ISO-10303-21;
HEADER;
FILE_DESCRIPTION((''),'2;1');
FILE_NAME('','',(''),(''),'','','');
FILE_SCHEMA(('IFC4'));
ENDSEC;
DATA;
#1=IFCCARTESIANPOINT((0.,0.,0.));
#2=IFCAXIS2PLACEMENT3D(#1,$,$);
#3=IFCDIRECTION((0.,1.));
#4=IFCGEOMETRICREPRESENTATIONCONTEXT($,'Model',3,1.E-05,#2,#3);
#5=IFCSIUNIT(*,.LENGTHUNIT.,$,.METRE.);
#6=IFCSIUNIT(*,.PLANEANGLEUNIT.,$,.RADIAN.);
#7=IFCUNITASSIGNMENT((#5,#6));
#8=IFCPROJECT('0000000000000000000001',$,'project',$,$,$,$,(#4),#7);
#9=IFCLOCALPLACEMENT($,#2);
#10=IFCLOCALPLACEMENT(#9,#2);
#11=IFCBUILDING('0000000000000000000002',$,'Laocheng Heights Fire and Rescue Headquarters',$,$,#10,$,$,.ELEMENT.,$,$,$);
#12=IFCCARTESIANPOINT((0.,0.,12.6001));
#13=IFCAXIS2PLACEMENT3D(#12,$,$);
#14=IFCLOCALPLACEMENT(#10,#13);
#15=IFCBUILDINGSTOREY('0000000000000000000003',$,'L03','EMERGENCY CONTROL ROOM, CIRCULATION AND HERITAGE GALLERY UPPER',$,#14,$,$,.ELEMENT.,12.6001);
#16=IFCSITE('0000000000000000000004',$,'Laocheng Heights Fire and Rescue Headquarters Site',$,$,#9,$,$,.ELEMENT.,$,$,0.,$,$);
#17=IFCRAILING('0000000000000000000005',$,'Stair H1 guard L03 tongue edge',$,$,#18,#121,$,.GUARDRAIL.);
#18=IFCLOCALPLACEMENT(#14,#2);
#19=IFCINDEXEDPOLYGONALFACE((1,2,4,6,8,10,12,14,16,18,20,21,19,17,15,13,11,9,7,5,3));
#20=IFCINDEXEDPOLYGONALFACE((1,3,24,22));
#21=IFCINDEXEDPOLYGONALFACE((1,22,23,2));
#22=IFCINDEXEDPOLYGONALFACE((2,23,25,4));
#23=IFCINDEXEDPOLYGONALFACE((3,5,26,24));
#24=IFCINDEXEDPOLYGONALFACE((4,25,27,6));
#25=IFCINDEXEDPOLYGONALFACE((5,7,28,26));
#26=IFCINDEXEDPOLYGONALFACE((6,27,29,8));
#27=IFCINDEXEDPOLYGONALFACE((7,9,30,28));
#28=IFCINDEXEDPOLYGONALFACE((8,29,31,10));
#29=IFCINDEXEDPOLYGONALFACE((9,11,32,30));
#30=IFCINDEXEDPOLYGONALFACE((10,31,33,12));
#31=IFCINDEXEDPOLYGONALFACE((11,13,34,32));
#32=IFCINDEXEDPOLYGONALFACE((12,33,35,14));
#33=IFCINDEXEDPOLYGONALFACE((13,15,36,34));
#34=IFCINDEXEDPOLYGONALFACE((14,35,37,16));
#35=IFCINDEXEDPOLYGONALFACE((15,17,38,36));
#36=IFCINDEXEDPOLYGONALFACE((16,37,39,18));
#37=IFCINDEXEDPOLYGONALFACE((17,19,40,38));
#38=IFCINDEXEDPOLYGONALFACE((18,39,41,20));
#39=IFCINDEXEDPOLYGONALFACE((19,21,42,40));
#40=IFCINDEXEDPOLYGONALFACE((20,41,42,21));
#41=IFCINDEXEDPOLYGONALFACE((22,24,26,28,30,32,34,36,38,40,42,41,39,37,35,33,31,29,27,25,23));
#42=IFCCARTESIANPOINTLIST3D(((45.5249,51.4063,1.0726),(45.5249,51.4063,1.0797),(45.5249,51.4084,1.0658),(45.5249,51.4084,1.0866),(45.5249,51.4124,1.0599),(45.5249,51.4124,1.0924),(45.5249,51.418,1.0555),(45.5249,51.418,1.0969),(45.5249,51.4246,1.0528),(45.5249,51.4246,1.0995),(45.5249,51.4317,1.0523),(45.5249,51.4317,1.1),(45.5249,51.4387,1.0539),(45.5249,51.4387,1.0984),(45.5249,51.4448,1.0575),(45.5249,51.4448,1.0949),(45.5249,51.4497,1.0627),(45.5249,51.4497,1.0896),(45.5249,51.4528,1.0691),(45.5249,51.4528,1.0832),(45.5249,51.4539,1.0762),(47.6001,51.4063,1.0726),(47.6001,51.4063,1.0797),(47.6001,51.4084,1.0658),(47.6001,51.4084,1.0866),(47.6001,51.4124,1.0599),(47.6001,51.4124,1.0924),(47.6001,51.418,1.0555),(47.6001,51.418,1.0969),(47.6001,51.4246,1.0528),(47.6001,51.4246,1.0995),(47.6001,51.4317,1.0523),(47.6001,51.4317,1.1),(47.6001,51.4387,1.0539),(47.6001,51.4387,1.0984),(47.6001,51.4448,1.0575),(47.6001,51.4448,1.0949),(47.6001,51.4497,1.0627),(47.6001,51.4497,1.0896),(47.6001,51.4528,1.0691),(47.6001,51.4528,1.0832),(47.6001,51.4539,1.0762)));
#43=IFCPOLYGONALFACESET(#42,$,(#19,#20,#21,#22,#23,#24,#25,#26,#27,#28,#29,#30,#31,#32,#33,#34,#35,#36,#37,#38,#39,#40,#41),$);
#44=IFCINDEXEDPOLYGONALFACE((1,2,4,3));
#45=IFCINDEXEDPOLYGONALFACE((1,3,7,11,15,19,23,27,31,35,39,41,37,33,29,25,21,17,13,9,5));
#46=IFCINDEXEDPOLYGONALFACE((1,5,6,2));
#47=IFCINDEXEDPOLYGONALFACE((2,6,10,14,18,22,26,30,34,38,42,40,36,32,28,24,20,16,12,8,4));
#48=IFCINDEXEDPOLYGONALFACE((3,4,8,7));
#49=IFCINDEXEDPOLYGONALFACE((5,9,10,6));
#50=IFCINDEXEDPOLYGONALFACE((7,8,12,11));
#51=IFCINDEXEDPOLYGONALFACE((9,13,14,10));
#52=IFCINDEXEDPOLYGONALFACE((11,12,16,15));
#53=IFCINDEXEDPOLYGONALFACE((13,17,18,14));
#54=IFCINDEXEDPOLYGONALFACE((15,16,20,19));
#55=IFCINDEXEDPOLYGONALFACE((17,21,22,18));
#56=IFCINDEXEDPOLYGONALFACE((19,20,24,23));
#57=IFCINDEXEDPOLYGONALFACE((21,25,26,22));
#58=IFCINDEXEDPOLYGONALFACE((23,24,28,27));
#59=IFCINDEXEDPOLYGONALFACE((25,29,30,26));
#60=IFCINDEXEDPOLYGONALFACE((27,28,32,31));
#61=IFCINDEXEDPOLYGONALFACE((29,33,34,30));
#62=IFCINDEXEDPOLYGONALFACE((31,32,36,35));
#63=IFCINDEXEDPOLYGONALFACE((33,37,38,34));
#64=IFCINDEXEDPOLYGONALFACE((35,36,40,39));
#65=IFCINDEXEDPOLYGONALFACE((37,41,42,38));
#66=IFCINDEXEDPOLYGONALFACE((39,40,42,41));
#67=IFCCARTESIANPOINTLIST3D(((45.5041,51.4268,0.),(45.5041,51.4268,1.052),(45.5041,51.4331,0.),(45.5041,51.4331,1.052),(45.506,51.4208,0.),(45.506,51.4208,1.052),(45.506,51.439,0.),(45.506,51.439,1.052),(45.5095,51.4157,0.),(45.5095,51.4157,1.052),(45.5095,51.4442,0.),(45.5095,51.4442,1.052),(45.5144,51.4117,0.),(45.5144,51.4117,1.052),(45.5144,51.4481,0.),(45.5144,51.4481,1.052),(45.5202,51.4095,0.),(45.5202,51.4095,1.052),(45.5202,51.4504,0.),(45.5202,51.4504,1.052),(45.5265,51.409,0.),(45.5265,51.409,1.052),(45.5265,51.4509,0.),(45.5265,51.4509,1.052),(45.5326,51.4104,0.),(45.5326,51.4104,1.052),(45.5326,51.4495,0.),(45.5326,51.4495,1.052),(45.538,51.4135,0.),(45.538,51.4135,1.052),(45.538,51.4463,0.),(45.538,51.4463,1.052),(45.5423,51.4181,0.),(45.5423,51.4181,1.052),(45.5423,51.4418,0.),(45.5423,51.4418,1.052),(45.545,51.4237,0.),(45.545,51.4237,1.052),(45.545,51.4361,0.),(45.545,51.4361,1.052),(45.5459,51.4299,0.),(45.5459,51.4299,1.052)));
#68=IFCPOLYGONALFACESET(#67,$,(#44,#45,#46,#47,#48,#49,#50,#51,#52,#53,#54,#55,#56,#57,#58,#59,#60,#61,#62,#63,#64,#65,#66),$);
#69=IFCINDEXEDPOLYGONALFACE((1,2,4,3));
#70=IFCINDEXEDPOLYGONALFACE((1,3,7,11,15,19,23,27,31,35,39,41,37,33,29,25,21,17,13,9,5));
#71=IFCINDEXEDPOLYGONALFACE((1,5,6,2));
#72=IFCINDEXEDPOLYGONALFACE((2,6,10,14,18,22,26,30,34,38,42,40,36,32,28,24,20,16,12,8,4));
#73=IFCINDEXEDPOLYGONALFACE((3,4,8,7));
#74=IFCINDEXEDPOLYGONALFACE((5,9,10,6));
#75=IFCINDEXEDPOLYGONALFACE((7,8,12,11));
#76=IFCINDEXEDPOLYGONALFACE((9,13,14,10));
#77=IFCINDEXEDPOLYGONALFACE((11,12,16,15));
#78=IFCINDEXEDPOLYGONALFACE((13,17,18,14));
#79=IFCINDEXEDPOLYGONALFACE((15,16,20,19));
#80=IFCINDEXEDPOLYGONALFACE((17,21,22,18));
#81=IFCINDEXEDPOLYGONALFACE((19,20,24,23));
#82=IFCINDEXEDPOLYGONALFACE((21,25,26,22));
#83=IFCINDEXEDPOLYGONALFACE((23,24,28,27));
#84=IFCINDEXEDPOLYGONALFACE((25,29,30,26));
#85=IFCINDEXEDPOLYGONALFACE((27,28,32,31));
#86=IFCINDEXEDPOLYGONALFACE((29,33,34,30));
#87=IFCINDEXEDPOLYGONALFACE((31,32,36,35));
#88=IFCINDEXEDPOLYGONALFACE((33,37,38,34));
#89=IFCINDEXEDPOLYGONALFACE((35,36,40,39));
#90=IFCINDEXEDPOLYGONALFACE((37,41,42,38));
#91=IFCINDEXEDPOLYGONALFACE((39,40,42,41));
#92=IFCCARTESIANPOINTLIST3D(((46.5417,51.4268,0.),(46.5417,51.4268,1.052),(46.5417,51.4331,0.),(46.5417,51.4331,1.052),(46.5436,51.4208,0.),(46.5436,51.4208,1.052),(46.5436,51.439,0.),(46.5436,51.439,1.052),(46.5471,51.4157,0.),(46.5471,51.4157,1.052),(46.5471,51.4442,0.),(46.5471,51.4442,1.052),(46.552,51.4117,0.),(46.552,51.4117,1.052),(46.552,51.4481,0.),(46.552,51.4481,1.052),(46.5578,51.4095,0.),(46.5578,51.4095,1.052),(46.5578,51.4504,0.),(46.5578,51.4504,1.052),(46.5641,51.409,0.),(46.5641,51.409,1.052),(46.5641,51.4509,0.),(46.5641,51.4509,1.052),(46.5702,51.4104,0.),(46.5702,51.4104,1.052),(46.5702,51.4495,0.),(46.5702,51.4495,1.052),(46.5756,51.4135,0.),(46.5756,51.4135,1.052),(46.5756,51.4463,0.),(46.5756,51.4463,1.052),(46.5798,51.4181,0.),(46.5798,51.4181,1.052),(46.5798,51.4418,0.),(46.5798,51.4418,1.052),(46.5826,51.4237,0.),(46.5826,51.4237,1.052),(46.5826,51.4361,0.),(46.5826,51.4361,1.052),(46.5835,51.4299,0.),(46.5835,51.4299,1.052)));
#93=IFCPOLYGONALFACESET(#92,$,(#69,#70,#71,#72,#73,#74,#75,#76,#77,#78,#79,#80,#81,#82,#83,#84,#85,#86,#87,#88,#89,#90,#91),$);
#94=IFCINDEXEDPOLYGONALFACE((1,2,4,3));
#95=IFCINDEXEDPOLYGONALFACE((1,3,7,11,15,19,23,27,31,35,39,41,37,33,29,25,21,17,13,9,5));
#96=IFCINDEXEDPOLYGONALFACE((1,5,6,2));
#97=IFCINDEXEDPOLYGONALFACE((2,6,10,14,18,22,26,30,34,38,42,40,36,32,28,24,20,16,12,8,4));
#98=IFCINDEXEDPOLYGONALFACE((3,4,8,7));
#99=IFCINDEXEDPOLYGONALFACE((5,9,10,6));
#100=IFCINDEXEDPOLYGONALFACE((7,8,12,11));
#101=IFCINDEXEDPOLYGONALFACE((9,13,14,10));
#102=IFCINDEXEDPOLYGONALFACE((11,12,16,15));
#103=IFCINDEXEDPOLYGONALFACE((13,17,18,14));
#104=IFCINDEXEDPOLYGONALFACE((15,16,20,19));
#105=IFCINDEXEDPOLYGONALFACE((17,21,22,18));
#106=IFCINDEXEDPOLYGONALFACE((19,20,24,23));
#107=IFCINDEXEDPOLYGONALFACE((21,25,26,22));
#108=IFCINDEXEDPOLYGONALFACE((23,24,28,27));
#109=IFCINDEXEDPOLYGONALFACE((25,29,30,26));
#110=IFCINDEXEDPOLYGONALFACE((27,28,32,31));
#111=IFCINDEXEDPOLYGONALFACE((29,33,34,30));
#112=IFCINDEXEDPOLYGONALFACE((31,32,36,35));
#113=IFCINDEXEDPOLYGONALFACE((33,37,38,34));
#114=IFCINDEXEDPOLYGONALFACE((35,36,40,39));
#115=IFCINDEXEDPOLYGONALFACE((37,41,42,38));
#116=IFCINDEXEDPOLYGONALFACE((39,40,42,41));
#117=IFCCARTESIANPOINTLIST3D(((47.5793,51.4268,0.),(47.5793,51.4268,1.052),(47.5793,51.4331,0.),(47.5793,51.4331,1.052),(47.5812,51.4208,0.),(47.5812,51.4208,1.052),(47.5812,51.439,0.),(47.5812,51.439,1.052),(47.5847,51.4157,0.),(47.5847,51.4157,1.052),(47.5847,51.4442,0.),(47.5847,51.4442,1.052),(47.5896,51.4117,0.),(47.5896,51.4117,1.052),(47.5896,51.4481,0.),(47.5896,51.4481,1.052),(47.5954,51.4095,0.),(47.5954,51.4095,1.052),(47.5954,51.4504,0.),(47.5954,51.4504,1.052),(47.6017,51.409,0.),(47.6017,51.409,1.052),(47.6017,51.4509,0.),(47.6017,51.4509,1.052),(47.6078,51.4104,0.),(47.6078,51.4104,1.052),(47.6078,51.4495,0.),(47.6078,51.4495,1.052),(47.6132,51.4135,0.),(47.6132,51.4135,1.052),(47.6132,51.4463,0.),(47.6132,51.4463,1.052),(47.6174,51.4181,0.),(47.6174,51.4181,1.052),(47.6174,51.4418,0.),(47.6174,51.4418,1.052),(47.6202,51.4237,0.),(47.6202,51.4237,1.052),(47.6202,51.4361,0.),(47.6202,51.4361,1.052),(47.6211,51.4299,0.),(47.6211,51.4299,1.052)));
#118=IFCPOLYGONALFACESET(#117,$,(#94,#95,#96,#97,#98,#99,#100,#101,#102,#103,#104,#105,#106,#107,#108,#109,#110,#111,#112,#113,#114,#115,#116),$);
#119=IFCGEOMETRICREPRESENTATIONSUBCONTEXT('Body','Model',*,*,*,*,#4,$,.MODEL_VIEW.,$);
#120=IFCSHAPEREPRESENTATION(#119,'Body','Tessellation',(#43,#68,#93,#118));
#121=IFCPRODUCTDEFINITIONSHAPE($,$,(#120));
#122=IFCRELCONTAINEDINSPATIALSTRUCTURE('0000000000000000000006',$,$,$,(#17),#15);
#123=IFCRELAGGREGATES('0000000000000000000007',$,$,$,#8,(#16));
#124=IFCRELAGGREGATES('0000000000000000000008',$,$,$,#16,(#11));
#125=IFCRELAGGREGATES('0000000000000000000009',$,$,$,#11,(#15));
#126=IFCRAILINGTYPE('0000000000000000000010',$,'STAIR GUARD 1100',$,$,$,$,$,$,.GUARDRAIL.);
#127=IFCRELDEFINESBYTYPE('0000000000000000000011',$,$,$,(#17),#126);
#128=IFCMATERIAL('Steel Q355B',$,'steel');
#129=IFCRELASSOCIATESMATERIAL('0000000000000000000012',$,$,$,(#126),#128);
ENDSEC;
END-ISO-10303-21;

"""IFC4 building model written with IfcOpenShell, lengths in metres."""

from ifc_helpers import new_model, si_unit, direction, frame, origin, origin_2d, place, context, subcontext, project, spatial, circle, extrude, material, type_object, element, save


model = new_model("IFC4")

# Units and contexts
model_context = context("Model", 3, precision=1e-05, world=origin(), true_north=direction((0.0, 1.0)))
body_context = subcontext(model_context, "Body", "Model", "MODEL_VIEW")
ifc_project = project(units=[si_unit("LENGTHUNIT", "METRE"), si_unit("PLANEANGLEUNIT", "RADIAN")], contexts=[model_context])

# Site, building, storey
site_placement = place(None, origin())
site = spatial("IfcSite", under=ifc_project, at=site_placement, Name="Laocheng Heights Fire and Rescue Headquarters Site", CompositionType="ELEMENT", RefElevation=0.0)
building_placement = place(site_placement, origin())
building = spatial("IfcBuilding", under=site, at=building_placement, Name="Laocheng Heights Fire and Rescue Headquarters", CompositionType="ELEMENT")
storey_placement = place(building_placement, frame((0.0, 0.0, 12.6001)))
storey = spatial("IfcBuildingStorey", under=building, at=storey_placement, Name="L03", Description="EMERGENCY CONTROL ROOM, CIRCULATION AND HERITAGE GALLERY UPPER", CompositionType="ELEMENT", Elevation=12.6001)

# Railing
ifc_material_1 = material(Name="Steel Q355B", Category="steel")
railing_type_1 = type_object("IfcRailingType", Name="STAIR GUARD 1100", PredefinedType="GUARDRAIL", material=ifc_material_1)
railing_1_placement = place(storey_placement, frame((45.5249, 51.4299, 0.0)))
element("IfcRailing", 1, at=railing_1_placement, inside=storey, type_object=railing_type_1, Name="Stair H1 guard L03 tongue edge", PredefinedType="GUARDRAIL", context=body_context, shape_type="SweptSolid", body=[
    extrude(circle(Radius=0.0239, at=origin_2d()), frame((0.0, 0.0, 1.0762), z_axis=(1.0, 0.0, 0.0), x_axis=(0.0, 1.0, 0.0)), (0.0, 0.0, 1.0), 2.0752),
    extrude(circle(Radius=0.021, at=origin_2d()), origin(), (0.0, 0.0, 1.0), 1.052),
    extrude(circle(Radius=0.021, at=origin_2d()), frame((1.0376, 0.0, 0.0)), (0.0, 0.0, 1.0), 1.052),
    extrude(circle(Radius=0.021, at=origin_2d()), frame((2.0752, 0.0, 0.0)), (0.0, 0.0, 1.0), 1.052),
])

save(model, "model.ifc")
